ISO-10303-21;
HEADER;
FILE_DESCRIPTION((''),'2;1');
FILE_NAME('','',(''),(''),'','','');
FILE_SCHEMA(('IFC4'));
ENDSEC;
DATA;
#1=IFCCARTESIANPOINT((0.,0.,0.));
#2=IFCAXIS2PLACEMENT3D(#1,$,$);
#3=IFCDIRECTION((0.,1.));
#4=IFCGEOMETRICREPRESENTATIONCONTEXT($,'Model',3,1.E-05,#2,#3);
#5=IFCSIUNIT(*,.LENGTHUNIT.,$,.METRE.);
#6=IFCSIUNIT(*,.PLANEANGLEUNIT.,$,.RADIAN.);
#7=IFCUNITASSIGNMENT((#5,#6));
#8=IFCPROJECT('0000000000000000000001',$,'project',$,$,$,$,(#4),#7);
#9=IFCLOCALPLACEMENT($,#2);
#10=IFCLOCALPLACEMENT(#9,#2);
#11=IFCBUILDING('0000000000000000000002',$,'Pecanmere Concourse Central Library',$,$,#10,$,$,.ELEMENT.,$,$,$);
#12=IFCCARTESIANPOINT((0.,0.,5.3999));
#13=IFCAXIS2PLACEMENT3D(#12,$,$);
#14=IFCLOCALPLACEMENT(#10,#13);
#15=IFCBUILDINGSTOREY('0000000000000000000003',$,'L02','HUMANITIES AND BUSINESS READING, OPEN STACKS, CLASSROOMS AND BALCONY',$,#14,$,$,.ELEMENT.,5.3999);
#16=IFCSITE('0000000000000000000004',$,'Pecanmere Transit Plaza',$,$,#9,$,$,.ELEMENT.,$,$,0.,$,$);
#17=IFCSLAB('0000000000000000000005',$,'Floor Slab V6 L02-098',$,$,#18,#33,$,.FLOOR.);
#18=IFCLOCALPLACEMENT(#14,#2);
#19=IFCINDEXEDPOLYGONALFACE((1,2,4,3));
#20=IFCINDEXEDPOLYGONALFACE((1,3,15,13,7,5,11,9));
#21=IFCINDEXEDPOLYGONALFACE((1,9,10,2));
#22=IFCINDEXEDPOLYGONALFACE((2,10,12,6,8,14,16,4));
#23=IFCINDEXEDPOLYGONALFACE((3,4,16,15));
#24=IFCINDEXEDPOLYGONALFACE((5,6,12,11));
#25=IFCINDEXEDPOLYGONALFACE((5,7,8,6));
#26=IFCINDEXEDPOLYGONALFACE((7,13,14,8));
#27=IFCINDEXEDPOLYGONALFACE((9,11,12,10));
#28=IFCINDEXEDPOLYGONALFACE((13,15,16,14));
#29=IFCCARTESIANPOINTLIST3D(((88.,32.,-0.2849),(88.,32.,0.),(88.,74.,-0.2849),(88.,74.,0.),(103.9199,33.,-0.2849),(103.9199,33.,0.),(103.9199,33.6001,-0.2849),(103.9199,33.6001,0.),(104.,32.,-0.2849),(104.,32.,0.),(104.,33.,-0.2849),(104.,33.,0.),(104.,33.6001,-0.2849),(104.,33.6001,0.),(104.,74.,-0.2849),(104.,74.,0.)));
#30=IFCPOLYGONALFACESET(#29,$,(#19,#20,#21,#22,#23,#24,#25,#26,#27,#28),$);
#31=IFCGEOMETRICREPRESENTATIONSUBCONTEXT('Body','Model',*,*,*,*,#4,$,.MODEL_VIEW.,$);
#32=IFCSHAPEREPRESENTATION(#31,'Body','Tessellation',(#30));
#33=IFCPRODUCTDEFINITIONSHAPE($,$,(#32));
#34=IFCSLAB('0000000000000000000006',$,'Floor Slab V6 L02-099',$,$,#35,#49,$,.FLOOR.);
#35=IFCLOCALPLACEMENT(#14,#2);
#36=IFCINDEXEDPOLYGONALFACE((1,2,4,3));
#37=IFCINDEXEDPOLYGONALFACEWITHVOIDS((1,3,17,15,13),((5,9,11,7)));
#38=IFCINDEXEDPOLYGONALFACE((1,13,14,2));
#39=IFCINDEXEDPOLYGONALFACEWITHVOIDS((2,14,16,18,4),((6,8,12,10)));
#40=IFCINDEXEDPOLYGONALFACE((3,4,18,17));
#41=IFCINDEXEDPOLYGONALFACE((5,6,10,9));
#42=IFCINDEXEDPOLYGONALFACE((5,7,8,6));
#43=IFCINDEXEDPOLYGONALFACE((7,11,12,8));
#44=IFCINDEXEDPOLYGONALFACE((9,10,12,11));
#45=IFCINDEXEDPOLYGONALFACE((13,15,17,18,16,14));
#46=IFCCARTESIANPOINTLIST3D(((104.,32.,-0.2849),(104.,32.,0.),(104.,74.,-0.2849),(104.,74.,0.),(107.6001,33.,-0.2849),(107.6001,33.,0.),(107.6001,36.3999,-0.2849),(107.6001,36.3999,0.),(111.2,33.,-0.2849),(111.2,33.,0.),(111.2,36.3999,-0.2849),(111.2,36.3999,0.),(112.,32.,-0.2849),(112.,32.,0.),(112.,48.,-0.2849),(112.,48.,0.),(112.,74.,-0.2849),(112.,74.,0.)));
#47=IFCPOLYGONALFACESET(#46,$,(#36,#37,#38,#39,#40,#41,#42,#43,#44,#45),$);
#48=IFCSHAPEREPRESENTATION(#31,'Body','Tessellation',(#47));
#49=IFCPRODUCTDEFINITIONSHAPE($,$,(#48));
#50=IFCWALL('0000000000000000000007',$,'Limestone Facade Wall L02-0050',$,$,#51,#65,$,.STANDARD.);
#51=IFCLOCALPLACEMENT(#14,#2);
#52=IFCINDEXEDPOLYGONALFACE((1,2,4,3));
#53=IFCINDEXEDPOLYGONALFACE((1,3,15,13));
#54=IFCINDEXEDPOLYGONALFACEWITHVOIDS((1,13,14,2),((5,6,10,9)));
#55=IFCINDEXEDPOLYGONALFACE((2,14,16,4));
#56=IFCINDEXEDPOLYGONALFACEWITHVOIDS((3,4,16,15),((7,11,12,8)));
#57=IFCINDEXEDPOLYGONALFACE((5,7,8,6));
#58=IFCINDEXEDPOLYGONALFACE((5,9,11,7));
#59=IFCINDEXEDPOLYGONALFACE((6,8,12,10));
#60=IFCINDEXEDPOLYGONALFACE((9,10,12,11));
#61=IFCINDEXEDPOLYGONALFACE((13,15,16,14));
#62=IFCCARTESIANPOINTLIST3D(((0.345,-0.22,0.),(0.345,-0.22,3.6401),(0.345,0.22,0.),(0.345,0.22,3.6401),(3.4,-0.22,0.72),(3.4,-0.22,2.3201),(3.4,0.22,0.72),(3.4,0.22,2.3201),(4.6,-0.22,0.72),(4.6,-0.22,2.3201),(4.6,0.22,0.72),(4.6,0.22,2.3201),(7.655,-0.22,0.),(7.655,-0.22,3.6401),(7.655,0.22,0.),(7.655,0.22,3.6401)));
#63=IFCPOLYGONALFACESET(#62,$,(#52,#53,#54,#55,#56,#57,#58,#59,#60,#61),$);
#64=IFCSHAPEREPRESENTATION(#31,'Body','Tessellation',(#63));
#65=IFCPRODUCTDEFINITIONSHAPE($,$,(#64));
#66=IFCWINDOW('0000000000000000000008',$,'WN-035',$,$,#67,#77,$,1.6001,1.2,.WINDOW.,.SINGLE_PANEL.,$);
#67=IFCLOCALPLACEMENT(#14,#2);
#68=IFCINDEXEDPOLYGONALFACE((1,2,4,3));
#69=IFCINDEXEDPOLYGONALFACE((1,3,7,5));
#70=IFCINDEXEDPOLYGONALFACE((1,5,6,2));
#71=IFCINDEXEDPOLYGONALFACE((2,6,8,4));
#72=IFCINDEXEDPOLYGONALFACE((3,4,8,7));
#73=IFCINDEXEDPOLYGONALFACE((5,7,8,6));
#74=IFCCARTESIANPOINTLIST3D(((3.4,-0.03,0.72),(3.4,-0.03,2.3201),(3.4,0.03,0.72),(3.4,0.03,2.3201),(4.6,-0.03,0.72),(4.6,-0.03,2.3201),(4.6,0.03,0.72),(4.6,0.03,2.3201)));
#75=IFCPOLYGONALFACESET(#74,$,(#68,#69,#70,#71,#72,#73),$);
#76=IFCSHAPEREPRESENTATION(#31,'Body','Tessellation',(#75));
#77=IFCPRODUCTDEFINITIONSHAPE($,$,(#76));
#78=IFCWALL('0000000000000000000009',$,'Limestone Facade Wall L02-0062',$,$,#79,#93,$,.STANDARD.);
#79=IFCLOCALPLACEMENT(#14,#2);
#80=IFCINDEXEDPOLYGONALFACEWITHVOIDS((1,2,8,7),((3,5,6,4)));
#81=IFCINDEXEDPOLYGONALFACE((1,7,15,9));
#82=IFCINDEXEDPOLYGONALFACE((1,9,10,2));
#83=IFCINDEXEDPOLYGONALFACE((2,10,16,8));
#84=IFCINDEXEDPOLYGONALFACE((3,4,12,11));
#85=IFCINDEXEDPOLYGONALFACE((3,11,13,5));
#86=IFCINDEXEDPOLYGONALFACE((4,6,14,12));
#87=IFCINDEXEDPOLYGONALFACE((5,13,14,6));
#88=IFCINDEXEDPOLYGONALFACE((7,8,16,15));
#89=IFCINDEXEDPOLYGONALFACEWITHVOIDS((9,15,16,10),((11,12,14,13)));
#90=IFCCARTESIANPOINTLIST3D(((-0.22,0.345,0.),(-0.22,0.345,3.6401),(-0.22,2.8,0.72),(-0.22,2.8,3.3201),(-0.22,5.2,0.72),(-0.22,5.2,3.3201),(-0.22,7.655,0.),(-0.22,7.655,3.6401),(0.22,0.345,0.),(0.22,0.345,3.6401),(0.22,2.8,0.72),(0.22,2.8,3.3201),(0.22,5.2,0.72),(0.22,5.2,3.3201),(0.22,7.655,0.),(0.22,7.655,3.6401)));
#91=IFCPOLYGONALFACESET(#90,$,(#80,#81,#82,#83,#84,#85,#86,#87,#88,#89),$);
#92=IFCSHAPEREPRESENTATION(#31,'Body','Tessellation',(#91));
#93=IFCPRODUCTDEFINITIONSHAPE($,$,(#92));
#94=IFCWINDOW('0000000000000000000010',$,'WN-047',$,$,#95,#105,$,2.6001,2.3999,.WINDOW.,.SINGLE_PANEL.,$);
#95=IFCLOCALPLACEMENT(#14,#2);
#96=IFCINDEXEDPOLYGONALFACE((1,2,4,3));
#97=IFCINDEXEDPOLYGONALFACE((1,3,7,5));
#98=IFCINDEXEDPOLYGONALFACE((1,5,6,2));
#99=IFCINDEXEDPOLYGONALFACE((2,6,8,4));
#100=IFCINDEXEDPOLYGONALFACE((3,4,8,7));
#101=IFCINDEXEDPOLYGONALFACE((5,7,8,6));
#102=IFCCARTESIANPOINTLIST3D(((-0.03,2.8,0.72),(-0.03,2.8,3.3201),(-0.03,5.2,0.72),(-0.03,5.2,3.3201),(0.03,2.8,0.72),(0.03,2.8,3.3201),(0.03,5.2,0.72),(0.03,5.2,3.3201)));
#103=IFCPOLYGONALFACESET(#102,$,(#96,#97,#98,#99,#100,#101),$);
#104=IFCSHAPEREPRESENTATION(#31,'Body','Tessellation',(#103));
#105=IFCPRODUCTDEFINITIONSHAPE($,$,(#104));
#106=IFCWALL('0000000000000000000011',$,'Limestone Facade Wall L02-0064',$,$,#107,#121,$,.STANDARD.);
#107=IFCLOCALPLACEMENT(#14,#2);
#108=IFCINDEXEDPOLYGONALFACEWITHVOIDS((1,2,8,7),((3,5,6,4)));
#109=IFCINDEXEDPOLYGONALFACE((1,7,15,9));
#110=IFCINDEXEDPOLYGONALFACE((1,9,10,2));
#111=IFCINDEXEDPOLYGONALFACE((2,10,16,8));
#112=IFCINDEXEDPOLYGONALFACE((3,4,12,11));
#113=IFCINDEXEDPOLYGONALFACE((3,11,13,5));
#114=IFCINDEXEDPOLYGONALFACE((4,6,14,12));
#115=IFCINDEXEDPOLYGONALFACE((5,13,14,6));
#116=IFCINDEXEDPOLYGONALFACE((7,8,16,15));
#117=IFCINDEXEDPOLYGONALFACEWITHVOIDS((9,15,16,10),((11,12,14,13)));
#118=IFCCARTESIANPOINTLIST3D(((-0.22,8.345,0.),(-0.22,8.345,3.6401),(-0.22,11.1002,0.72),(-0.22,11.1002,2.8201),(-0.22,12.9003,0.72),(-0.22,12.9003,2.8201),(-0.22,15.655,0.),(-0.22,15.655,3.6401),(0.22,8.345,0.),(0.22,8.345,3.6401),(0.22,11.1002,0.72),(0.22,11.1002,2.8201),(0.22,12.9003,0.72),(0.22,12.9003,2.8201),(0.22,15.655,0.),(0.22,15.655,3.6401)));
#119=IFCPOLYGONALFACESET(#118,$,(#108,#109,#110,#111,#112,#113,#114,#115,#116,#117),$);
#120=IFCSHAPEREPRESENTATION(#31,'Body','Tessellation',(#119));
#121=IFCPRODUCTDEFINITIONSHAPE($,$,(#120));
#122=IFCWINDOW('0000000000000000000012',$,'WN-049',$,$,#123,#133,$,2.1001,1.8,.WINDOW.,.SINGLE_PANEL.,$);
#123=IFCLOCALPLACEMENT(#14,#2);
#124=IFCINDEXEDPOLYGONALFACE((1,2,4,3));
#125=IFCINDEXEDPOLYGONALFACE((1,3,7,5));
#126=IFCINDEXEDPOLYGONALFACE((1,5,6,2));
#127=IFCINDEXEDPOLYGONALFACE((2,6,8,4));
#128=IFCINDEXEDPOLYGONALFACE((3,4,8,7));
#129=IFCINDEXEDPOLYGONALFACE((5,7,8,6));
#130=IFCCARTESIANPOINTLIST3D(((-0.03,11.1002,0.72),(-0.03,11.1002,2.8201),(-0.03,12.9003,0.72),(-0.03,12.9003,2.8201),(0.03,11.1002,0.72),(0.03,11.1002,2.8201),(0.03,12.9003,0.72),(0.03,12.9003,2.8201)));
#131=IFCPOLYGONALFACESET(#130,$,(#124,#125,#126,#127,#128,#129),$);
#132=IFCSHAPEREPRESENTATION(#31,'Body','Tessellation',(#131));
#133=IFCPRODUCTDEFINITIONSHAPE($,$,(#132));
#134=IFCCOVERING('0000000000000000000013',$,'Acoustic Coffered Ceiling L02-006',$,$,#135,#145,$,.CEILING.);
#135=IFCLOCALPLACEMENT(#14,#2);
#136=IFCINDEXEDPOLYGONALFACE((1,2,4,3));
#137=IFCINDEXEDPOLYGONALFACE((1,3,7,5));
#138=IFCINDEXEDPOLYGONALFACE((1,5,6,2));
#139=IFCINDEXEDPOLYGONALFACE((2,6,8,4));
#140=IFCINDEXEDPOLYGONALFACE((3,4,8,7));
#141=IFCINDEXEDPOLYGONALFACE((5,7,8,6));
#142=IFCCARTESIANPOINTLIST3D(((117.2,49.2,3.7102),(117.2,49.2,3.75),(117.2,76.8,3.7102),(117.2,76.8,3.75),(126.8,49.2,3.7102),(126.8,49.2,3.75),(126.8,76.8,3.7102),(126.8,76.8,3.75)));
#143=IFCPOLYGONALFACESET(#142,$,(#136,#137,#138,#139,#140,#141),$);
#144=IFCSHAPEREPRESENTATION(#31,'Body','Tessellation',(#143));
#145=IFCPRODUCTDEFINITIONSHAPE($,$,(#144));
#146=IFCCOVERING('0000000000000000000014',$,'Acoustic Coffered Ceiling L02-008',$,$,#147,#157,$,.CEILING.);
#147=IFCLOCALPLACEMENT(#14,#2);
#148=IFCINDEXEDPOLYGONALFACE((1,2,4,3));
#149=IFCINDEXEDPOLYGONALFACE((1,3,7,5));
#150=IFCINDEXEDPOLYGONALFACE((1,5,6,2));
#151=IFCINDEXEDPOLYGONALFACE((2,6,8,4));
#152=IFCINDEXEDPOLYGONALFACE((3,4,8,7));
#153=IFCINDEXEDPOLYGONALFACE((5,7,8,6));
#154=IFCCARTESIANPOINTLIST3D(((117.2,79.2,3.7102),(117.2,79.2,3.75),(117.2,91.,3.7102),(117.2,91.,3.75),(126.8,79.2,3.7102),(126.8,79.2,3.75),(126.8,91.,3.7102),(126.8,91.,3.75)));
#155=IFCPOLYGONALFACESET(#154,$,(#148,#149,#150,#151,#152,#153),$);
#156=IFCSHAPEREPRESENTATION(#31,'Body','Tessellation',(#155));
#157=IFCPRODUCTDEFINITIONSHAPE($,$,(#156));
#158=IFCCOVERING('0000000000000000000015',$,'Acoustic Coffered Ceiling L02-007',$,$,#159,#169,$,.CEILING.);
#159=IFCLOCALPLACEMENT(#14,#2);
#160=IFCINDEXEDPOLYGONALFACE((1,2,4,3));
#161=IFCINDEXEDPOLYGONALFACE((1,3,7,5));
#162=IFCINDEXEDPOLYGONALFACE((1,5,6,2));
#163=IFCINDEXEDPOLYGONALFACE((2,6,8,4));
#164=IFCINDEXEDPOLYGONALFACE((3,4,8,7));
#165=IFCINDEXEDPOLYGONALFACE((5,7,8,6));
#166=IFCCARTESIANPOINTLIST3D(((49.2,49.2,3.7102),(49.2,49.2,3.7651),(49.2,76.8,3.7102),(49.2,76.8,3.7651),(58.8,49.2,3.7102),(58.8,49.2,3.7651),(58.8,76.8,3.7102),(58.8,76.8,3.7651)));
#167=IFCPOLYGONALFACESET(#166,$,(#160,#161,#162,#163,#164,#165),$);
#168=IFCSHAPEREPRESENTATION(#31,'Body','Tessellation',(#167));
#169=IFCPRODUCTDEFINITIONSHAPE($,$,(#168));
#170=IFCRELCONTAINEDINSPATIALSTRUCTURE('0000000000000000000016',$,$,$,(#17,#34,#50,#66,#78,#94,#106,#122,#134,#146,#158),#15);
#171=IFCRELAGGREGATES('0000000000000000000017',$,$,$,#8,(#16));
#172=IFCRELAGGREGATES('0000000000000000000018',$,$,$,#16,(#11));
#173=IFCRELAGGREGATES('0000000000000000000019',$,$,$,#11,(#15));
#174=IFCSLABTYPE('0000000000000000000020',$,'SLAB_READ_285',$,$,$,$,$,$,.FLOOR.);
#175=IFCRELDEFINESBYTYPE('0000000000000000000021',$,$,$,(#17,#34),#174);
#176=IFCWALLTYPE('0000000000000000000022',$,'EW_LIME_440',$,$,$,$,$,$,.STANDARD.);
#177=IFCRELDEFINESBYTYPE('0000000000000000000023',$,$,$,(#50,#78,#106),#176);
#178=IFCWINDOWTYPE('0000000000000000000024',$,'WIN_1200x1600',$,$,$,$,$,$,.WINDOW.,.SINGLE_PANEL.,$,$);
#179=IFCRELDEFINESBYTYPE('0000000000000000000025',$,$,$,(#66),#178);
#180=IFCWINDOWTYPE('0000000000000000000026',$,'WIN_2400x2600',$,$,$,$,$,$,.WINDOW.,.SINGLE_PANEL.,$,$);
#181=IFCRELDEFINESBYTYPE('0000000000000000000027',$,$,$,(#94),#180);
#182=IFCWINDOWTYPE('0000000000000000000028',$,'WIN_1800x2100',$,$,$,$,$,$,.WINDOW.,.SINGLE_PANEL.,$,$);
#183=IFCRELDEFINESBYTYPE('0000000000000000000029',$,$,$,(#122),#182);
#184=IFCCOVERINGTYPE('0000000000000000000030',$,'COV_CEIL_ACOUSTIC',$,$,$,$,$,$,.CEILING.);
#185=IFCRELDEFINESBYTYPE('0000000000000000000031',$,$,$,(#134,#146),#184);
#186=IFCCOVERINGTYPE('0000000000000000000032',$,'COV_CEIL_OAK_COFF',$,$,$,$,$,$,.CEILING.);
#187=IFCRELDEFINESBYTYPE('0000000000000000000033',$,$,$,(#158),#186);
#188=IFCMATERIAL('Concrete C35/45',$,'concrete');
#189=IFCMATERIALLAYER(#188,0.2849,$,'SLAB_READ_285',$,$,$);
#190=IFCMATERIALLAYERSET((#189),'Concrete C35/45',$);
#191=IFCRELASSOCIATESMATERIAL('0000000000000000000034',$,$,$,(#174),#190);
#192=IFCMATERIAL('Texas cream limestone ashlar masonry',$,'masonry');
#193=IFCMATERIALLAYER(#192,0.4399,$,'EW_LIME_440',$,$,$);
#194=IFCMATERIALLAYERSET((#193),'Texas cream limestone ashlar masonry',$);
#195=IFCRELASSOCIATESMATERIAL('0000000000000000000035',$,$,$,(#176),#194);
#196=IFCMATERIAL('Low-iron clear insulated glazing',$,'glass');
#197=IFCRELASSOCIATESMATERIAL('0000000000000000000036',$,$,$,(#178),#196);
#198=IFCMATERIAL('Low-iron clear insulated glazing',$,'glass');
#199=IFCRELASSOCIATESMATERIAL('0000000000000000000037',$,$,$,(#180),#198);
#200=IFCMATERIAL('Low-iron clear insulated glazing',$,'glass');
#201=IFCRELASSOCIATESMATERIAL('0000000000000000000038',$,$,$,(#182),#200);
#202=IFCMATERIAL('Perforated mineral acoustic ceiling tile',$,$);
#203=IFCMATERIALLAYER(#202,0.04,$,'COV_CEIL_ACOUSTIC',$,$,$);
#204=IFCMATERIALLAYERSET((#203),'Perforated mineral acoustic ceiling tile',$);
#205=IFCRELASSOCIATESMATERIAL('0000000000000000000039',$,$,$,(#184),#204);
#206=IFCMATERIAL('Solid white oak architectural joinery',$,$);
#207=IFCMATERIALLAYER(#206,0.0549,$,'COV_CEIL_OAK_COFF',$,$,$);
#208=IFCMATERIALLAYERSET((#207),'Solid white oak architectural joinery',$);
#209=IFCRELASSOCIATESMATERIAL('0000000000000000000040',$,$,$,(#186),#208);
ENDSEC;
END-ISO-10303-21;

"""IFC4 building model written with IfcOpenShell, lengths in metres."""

from ifc_helpers import new_model, si_unit, direction, frame, frame_2d, origin, place, context, subcontext, project, spatial, polyline, rectangle, outline, extrude, material, layer, layer_set, type_object, element, fill, save


model = new_model("IFC4")

# Units and contexts
model_context = context("Model", 3, precision=1e-05, world=origin(), true_north=direction((0.0, 1.0)))
body_context = subcontext(model_context, "Body", "Model", "MODEL_VIEW")
ifc_project = project(units=[si_unit("LENGTHUNIT", "METRE"), si_unit("PLANEANGLEUNIT", "RADIAN")], contexts=[model_context])

# Site, building, storey
site_placement = place(None, origin())
site = spatial("IfcSite", under=ifc_project, at=site_placement, Name="Pecanmere Transit Plaza", CompositionType="ELEMENT", RefElevation=0.0)
building_placement = place(site_placement, origin())
building = spatial("IfcBuilding", under=site, at=building_placement, Name="Pecanmere Concourse Central Library", CompositionType="ELEMENT")
storey_placement = place(building_placement, frame((0.0, 0.0, 5.3999)))
storey = spatial("IfcBuildingStorey", under=building, at=storey_placement, Name="L02", Description="HUMANITIES AND BUSINESS READING, OPEN STACKS, CLASSROOMS AND BALCONY", CompositionType="ELEMENT", Elevation=5.3999)

# Slabs
ifc_material_1 = material(Name="Concrete C35/45", Category="concrete")
ifc_layer_1 = layer(ifc_material_1, 0.2849, Name="SLAB_READ_285")
ifc_layer_set_1 = layer_set([ifc_layer_1], Name="Concrete C35/45")
slab_type_1 = type_object("IfcSlabType", Name="SLAB_READ_285", PredefinedType="FLOOR", material=ifc_layer_set_1)
slab_1_placement = place(storey_placement, frame((0.0, 0.0, -0.2849)))
element("IfcSlab", 1, at=slab_1_placement, inside=storey, type_object=slab_type_1, Name="Floor Slab V6 L02-098", PredefinedType="FLOOR", context=body_context, shape_type="SweptSolid", body=[
    extrude(outline(polyline([(104.0, 33.6001), (103.9199, 33.6001), (103.9199, 33.0), (104.0, 33.0), (104.0, 32.0), (88.0, 32.0), (88.0, 74.0), (104.0, 74.0), (104.0, 33.6001)])), origin(), (0.0, 0.0, 1.0), 0.2849),
])
slab_2_placement = place(storey_placement, frame((0.0, 0.0, -0.2849)))
element("IfcSlab", 2, at=slab_2_placement, inside=storey, type_object=slab_type_1, Name="Floor Slab V6 L02-099", PredefinedType="FLOOR", context=body_context, shape_type="SweptSolid", body=[
    extrude(outline(polyline([(112.0, 74.0), (112.0, 48.0), (112.0, 32.0), (104.0, 32.0), (104.0, 74.0), (112.0, 74.0)]), holes=[polyline([(111.2, 36.3999), (107.6001, 36.3999), (107.6001, 33.0), (111.2, 33.0), (111.2, 36.3999)])]), origin(), (0.0, 0.0, 1.0), 0.2849),
])

# Walls, openings, windows
ifc_material_2 = material(Name="Texas cream limestone ashlar masonry", Category="masonry")
ifc_layer_2 = layer(ifc_material_2, 0.4399, Name="EW_LIME_440")
ifc_layer_set_2 = layer_set([ifc_layer_2], Name="Texas cream limestone ashlar masonry")
wall_type = type_object("IfcWallType", Name="EW_LIME_440", PredefinedType="STANDARD", material=ifc_layer_set_2)
wall_1_placement = place(storey_placement, frame((0.345, 0.0, 0.0), z_axis=(0.0, 0.0, 1.0), x_axis=(1.0, 0.0, 0.0)))
wall_1 = element("IfcWall", 3, at=wall_1_placement, inside=storey, type_object=wall_type, Name="Limestone Facade Wall L02-0050", PredefinedType="STANDARD", context=body_context, shape_type="SweptSolid", body=[
    extrude(rectangle(XDim=7.3101, YDim=0.4399, at=frame_2d((3.655, 0.0))), origin(), (0.0, 0.0, 1.0), 3.6401),
])
opening_1_placement = place(wall_1_placement, frame((3.0549, 0.0, 0.72)))
opening_1 = element("IfcOpeningElement", 4, at=opening_1_placement, cuts=wall_1, PredefinedType="OPENING", context=body_context, shape_type="SweptSolid", body=[
    extrude(rectangle(XDim=1.2, YDim=1.6001, at=frame_2d((0.6001, 0.8))), frame((0.0, 0.2319, 0.0), z_axis=(0.0, -1.0, 0.0), x_axis=(1.0, 0.0, 0.0)), (0.0, 0.0, 1.0), 0.4639),
])
ifc_material_3 = material(Name="Low-iron clear insulated glazing", Category="glass")
window_type_1 = type_object("IfcWindowType", Name="WIN_1200x1600", PartitioningType="SINGLE_PANEL", PredefinedType="WINDOW", material=ifc_material_3)
window_1_placement = place(opening_1_placement, origin())
window_1 = element("IfcWindow", 5, at=window_1_placement, inside=storey, type_object=window_type_1, Name="WN-035", OverallHeight=1.6001, OverallWidth=1.2, PartitioningType="SINGLE_PANEL", PredefinedType="WINDOW", context=body_context, shape_type="SweptSolid", body=[
    extrude(rectangle(XDim=1.2, YDim=1.6001, at=frame_2d((0.6001, 0.8))), frame((0.0, 0.03, 0.0), z_axis=(0.0, -1.0, 0.0), x_axis=(1.0, 0.0, 0.0)), (0.0, 0.0, 1.0), 0.0601),
])
fill(opening_1, window_1)
wall_2_placement = place(storey_placement, frame((0.0, 7.655, 0.0), z_axis=(0.0, 0.0, 1.0), x_axis=(0.0, -1.0, 0.0)))
wall_2 = element("IfcWall", 6, at=wall_2_placement, inside=storey, type_object=wall_type, Name="Limestone Facade Wall L02-0062", PredefinedType="STANDARD", context=body_context, shape_type="SweptSolid", body=[
    extrude(rectangle(XDim=7.3101, YDim=0.4399, at=frame_2d((3.655, 0.0))), origin(), (0.0, 0.0, 1.0), 3.6401),
])
opening_2_placement = place(wall_2_placement, frame((2.4551, 0.0, 0.72)))
opening_2 = element("IfcOpeningElement", 7, at=opening_2_placement, cuts=wall_2, PredefinedType="OPENING", context=body_context, shape_type="SweptSolid", body=[
    extrude(rectangle(XDim=2.3999, YDim=2.6001, at=frame_2d((1.2, 1.3))), frame((0.0, 0.2319, 0.0), z_axis=(0.0, -1.0, 0.0), x_axis=(1.0, 0.0, 0.0)), (0.0, 0.0, 1.0), 0.4639),
])
ifc_material_4 = material(Name="Low-iron clear insulated glazing", Category="glass")
window_type_2 = type_object("IfcWindowType", Name="WIN_2400x2600", PartitioningType="SINGLE_PANEL", PredefinedType="WINDOW", material=ifc_material_4)
window_2_placement = place(opening_2_placement, origin())
window_2 = element("IfcWindow", 8, at=window_2_placement, inside=storey, type_object=window_type_2, Name="WN-047", OverallHeight=2.6001, OverallWidth=2.3999, PartitioningType="SINGLE_PANEL", PredefinedType="WINDOW", context=body_context, shape_type="SweptSolid", body=[
    extrude(rectangle(XDim=2.3999, YDim=2.6001, at=frame_2d((1.2, 1.3))), frame((0.0, 0.03, 0.0), z_axis=(0.0, -1.0, 0.0), x_axis=(1.0, 0.0, 0.0)), (0.0, 0.0, 1.0), 0.0601),
])
fill(opening_2, window_2)
wall_3_placement = place(storey_placement, frame((0.0, 15.655, 0.0), z_axis=(0.0, 0.0, 1.0), x_axis=(0.0, -1.0, 0.0)))
wall_3 = element("IfcWall", 9, at=wall_3_placement, inside=storey, type_object=wall_type, Name="Limestone Facade Wall L02-0064", PredefinedType="STANDARD", context=body_context, shape_type="SweptSolid", body=[
    extrude(rectangle(XDim=7.3101, YDim=0.4399, at=frame_2d((3.655, 0.0))), origin(), (0.0, 0.0, 1.0), 3.6401),
])
opening_3_placement = place(wall_3_placement, frame((2.7549, 0.0, 0.72)))
opening_3 = element("IfcOpeningElement", 10, at=opening_3_placement, cuts=wall_3, PredefinedType="OPENING", context=body_context, shape_type="SweptSolid", body=[
    extrude(rectangle(XDim=1.8, YDim=2.1001, at=frame_2d((0.8999, 1.05))), frame((0.0, 0.2319, 0.0), z_axis=(0.0, -1.0, 0.0), x_axis=(1.0, 0.0, 0.0)), (0.0, 0.0, 1.0), 0.4639),
])
ifc_material_5 = material(Name="Low-iron clear insulated glazing", Category="glass")
window_type_3 = type_object("IfcWindowType", Name="WIN_1800x2100", PartitioningType="SINGLE_PANEL", PredefinedType="WINDOW", material=ifc_material_5)
window_3_placement = place(opening_3_placement, origin())
window_3 = element("IfcWindow", 11, at=window_3_placement, inside=storey, type_object=window_type_3, Name="WN-049", OverallHeight=2.1001, OverallWidth=1.8, PartitioningType="SINGLE_PANEL", PredefinedType="WINDOW", context=body_context, shape_type="SweptSolid", body=[
    extrude(rectangle(XDim=1.8, YDim=2.1001, at=frame_2d((0.8999, 1.05))), frame((0.0, 0.03, 0.0), z_axis=(0.0, -1.0, 0.0), x_axis=(1.0, 0.0, 0.0)), (0.0, 0.0, 1.0), 0.0601),
])
fill(opening_3, window_3)

# Coverings
ifc_material_6 = material(Name="Perforated mineral acoustic ceiling tile")
ifc_layer_3 = layer(ifc_material_6, 0.04, Name="COV_CEIL_ACOUSTIC")
ifc_layer_set_3 = layer_set([ifc_layer_3], Name="Perforated mineral acoustic ceiling tile")
covering_type_1 = type_object("IfcCoveringType", Name="COV_CEIL_ACOUSTIC", PredefinedType="CEILING", material=ifc_layer_set_3)
covering_1_placement = place(storey_placement, frame((0.0, 0.0, 3.7102)))
element("IfcCovering", 12, at=covering_1_placement, inside=storey, type_object=covering_type_1, Name="Acoustic Coffered Ceiling L02-006", PredefinedType="CEILING", context=body_context, shape_type="SweptSolid", body=[
    extrude(outline(polyline([(117.2, 49.2), (126.8, 49.2), (126.8, 76.8), (117.2, 76.8), (117.2, 49.2)])), origin(), (0.0, 0.0, 1.0), 0.0398),
])
covering_2_placement = place(storey_placement, frame((0.0, 0.0, 3.7102)))
element("IfcCovering", 13, at=covering_2_placement, inside=storey, type_object=covering_type_1, Name="Acoustic Coffered Ceiling L02-008", PredefinedType="CEILING", context=body_context, shape_type="SweptSolid", body=[
    extrude(outline(polyline([(117.2, 79.2), (126.8, 79.2), (126.8, 91.0), (117.2, 91.0), (117.2, 79.2)])), origin(), (0.0, 0.0, 1.0), 0.0398),
])
ifc_material_7 = material(Name="Solid white oak architectural joinery")
ifc_layer_4 = layer(ifc_material_7, 0.0549, Name="COV_CEIL_OAK_COFF")
ifc_layer_set_4 = layer_set([ifc_layer_4], Name="Solid white oak architectural joinery")
covering_type_2 = type_object("IfcCoveringType", Name="COV_CEIL_OAK_COFF", PredefinedType="CEILING", material=ifc_layer_set_4)
covering_3_placement = place(storey_placement, frame((0.0, 0.0, 3.7102)))
element("IfcCovering", 14, at=covering_3_placement, inside=storey, type_object=covering_type_2, Name="Acoustic Coffered Ceiling L02-007", PredefinedType="CEILING", context=body_context, shape_type="SweptSolid", body=[
    extrude(outline(polyline([(49.2, 49.2), (58.8, 49.2), (58.8, 76.8), (49.2, 76.8), (49.2, 49.2)])), origin(), (0.0, 0.0, 1.0), 0.0549),
])

save(model, "model.ifc")
